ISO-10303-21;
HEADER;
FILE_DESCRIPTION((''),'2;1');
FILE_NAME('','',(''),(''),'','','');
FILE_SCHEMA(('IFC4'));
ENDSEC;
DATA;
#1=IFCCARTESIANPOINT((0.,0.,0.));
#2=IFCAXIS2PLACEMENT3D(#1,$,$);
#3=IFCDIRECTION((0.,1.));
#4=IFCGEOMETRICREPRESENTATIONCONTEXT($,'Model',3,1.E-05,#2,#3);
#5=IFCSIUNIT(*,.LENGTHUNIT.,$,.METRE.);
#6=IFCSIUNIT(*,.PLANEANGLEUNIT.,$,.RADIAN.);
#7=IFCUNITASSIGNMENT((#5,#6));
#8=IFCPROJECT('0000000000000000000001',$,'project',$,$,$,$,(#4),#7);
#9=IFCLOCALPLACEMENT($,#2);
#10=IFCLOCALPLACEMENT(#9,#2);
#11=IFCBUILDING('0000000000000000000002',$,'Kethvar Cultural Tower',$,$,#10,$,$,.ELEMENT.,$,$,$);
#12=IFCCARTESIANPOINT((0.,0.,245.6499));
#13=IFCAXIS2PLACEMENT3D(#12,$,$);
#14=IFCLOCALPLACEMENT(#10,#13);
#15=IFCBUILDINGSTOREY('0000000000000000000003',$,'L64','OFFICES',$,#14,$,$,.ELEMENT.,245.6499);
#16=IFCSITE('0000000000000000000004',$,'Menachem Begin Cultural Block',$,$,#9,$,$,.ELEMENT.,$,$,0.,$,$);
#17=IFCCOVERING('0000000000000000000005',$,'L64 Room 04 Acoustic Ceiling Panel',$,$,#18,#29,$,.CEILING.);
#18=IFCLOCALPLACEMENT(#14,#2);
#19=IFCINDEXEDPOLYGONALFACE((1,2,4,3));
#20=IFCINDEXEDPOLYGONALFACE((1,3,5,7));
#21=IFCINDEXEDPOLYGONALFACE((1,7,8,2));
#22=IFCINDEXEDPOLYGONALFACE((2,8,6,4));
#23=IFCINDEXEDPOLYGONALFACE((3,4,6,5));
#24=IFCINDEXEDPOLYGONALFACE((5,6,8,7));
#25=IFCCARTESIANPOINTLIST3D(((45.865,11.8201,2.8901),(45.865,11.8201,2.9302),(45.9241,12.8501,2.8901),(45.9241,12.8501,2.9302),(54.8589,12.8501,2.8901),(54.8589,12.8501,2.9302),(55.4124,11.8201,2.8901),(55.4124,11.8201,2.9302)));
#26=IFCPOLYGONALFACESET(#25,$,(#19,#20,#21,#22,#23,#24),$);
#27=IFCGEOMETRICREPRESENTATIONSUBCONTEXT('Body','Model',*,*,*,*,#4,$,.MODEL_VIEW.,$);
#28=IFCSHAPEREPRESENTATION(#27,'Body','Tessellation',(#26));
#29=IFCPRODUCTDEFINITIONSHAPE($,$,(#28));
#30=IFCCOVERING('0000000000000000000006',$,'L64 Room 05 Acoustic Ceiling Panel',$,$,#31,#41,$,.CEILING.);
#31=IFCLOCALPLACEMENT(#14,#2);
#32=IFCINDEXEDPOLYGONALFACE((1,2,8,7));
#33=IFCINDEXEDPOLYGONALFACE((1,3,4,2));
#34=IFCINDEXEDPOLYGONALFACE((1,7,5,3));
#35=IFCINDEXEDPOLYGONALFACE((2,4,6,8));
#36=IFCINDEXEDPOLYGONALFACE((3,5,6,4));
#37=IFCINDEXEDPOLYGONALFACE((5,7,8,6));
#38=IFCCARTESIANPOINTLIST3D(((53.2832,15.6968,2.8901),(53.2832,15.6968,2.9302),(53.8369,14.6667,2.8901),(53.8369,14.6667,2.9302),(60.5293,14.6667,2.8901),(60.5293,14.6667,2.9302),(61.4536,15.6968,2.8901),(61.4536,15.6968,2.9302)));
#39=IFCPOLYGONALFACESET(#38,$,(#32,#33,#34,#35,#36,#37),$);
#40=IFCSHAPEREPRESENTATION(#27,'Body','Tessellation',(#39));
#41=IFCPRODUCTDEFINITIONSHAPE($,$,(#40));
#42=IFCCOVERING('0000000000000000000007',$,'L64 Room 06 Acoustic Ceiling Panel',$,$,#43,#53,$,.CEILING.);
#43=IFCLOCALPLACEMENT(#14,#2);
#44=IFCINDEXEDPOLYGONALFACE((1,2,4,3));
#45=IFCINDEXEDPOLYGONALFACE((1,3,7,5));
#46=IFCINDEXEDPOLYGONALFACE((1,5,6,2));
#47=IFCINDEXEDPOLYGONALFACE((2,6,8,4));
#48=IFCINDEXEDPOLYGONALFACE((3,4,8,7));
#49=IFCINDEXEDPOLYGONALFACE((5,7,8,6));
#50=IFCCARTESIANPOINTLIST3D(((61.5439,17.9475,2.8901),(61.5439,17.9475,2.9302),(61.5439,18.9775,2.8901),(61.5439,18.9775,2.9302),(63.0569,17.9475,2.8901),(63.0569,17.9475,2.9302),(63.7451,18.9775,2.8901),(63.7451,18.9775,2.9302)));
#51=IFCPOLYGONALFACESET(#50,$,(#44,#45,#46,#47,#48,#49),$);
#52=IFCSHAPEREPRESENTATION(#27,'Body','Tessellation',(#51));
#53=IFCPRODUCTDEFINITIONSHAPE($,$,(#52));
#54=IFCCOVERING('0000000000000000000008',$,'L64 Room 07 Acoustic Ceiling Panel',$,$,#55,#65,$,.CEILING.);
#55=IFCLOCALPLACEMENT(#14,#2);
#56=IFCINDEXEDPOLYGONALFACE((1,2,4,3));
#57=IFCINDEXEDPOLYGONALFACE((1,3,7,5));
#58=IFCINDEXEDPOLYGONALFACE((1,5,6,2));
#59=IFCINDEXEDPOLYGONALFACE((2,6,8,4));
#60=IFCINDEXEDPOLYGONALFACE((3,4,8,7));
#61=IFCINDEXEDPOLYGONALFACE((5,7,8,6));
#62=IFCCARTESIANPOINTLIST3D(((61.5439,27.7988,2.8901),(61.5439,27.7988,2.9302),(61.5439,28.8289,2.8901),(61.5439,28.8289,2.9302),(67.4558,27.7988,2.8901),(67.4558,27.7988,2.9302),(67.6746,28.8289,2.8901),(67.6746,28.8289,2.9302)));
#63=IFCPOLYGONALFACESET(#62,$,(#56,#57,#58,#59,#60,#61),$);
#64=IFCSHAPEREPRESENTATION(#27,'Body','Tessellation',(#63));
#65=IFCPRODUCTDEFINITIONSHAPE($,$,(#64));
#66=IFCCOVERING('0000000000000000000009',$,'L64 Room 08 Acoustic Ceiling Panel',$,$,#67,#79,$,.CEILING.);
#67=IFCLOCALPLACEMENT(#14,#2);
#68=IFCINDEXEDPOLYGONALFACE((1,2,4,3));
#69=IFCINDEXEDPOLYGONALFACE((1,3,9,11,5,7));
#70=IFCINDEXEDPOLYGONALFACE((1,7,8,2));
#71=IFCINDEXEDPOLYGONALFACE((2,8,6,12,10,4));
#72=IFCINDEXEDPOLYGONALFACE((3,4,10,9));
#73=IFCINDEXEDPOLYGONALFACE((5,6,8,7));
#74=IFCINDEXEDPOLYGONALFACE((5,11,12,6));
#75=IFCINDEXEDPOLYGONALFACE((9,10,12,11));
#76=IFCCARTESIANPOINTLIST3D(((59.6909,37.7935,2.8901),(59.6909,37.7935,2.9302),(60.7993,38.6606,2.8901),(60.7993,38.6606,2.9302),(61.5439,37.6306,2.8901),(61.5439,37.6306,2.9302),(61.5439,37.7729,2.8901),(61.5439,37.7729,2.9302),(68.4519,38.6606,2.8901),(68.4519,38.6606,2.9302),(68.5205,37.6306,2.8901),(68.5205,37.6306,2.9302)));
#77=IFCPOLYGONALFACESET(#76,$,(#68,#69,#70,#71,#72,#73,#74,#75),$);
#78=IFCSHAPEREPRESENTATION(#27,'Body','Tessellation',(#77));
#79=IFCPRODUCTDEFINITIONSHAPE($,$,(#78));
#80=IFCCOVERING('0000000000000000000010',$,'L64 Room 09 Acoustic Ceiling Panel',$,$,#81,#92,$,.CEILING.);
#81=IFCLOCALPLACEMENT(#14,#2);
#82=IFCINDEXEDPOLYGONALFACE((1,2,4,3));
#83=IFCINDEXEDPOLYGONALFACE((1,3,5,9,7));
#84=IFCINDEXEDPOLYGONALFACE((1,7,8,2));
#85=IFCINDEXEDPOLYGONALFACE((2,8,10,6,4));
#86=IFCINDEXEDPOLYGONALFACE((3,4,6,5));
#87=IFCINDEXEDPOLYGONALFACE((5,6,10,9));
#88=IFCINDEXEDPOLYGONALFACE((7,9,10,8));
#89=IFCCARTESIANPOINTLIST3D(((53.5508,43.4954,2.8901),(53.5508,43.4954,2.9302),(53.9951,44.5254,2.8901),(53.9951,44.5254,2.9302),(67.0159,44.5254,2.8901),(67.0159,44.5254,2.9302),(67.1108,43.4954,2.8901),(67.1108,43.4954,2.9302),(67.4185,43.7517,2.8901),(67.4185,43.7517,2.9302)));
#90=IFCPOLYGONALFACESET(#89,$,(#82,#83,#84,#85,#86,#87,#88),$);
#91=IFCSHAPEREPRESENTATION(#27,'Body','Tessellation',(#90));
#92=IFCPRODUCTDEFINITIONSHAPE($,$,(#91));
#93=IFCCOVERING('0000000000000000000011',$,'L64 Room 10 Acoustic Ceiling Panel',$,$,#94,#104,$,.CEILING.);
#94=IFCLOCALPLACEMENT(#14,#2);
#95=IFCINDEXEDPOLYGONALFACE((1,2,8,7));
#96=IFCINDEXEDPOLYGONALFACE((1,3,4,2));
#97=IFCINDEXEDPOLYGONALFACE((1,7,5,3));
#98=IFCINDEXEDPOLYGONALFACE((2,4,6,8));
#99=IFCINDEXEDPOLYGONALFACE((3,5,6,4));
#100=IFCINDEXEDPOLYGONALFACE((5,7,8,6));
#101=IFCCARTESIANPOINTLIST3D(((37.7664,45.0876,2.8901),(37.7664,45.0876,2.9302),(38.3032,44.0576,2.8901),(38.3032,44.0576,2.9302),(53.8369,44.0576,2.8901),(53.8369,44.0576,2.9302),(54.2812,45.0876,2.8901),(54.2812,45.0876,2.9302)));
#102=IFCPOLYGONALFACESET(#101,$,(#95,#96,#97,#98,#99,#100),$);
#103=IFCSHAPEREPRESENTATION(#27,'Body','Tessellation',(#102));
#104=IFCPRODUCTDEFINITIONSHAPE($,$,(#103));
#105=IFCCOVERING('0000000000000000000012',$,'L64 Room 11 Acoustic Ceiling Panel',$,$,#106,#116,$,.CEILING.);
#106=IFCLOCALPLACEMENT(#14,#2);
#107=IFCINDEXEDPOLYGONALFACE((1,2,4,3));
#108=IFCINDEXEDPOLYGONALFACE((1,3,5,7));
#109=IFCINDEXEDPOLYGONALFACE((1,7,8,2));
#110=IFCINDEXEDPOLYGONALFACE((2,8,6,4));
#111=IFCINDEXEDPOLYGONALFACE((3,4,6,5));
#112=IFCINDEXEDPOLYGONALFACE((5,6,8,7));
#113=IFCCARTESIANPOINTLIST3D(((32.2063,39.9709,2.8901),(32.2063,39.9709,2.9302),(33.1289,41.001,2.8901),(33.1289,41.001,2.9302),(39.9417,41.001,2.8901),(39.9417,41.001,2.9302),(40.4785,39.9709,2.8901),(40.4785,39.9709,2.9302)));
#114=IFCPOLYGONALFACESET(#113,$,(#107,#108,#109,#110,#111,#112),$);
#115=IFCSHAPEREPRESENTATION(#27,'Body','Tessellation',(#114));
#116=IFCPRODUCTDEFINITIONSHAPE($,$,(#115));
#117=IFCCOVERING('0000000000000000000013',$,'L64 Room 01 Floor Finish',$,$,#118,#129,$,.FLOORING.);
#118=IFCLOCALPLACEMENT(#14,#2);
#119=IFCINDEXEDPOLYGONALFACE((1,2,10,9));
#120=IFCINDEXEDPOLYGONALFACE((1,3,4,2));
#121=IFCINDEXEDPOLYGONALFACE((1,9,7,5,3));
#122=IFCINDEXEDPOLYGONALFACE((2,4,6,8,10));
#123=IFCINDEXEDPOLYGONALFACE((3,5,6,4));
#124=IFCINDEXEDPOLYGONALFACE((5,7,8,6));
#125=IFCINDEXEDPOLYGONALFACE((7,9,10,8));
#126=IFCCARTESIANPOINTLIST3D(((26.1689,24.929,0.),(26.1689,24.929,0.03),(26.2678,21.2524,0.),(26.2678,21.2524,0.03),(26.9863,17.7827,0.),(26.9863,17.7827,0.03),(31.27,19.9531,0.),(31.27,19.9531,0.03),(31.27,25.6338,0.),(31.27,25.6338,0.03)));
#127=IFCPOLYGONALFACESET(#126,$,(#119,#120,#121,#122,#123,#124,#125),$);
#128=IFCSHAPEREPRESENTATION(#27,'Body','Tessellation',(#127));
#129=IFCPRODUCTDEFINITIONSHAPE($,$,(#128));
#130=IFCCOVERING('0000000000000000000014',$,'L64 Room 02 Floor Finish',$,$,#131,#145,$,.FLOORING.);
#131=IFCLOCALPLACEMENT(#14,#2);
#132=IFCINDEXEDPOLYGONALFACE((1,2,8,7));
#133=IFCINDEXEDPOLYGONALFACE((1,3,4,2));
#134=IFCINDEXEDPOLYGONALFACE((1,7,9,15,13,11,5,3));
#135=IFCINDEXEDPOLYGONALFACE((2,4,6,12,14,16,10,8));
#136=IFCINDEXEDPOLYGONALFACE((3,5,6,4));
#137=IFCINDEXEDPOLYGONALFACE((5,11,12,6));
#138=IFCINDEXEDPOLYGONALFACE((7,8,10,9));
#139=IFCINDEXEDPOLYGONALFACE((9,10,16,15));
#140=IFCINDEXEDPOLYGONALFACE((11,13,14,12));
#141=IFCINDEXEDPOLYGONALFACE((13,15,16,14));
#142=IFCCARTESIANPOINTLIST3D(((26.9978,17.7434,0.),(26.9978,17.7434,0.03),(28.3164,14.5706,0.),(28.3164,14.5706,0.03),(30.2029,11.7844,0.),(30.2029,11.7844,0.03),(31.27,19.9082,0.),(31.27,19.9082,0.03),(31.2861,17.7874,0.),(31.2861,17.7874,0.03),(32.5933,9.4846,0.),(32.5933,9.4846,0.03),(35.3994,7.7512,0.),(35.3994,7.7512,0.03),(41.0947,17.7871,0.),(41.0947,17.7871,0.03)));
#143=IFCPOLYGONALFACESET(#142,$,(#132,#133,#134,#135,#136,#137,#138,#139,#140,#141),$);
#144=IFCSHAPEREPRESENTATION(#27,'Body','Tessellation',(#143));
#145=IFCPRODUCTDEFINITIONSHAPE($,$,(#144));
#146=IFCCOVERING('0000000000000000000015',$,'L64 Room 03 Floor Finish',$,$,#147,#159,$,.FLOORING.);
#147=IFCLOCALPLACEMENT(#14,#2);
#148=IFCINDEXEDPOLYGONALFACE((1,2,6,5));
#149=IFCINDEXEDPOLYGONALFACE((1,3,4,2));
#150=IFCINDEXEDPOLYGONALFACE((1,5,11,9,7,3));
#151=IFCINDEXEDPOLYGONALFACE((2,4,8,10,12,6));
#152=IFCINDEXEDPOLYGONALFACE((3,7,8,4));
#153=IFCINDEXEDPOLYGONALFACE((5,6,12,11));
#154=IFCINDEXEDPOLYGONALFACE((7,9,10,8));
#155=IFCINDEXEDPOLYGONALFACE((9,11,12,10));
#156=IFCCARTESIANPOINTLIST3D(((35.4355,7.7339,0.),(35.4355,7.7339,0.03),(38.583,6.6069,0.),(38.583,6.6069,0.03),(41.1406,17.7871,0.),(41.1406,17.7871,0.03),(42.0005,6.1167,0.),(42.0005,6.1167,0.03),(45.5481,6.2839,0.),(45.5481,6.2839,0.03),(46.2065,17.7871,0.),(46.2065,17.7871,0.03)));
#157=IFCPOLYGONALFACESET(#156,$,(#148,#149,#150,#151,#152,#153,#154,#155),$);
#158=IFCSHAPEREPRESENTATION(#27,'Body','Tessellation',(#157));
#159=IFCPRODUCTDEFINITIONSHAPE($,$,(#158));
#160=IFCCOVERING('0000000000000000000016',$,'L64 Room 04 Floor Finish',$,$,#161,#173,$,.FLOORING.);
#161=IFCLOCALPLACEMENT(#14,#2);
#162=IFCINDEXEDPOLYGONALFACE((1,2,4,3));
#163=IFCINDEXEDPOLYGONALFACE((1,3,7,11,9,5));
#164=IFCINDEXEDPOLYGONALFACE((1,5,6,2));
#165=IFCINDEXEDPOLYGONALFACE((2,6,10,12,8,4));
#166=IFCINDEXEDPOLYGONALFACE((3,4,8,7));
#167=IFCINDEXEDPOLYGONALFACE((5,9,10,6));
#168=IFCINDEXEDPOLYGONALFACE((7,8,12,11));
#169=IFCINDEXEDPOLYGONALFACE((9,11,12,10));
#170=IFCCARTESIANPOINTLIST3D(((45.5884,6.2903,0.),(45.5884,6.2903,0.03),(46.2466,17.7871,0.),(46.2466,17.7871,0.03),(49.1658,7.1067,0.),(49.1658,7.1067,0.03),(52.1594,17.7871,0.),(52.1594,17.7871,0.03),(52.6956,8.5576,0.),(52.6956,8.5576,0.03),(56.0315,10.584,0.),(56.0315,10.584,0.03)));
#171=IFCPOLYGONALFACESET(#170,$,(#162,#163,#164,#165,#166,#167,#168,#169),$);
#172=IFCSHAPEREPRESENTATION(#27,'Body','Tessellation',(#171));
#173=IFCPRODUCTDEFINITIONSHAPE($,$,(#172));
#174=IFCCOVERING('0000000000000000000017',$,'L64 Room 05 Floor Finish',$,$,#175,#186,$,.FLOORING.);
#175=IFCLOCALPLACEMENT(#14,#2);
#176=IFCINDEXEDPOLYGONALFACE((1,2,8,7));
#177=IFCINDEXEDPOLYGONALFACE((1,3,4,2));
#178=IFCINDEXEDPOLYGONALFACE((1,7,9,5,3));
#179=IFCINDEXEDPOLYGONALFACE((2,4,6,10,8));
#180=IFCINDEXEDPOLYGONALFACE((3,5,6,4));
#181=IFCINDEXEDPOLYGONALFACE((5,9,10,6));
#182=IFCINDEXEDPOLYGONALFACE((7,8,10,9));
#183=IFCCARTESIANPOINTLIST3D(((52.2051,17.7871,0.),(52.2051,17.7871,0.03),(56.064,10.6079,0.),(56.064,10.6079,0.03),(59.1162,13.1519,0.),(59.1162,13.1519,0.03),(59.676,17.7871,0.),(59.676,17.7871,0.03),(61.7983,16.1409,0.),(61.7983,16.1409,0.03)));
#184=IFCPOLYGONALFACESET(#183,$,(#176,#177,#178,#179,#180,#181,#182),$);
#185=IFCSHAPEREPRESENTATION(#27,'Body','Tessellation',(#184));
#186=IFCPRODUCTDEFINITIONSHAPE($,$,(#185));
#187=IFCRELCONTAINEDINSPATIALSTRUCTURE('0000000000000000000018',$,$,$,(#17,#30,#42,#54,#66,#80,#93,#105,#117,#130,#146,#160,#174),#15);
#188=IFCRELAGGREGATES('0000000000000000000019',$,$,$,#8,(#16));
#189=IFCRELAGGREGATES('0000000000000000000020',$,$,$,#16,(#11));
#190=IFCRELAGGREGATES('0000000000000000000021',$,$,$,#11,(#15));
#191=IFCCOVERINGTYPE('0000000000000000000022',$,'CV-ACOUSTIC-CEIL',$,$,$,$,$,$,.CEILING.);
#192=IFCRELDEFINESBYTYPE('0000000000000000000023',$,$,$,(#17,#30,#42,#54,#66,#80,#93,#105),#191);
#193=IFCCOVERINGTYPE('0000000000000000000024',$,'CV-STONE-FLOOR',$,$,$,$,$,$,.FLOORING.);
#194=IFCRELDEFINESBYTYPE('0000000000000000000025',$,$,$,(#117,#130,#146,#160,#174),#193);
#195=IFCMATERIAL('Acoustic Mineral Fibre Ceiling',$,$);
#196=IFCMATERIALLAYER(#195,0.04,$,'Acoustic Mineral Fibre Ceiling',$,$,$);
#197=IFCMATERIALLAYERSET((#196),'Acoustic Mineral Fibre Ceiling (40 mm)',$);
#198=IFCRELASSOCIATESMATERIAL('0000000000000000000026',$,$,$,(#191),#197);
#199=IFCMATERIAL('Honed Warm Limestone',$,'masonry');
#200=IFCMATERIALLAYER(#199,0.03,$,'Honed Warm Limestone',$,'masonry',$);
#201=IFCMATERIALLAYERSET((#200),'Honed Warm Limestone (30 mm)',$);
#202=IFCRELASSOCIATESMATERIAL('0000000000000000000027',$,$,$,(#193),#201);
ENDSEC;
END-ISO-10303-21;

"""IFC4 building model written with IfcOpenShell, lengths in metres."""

from ifc_helpers import new_model, si_unit, direction, frame, origin, place, context, subcontext, project, spatial, polyline, outline, extrude, material, layer, layer_set, type_object, element, save


model = new_model("IFC4")

# Units and contexts
model_context = context("Model", 3, precision=1e-05, world=origin(), true_north=direction((0.0, 1.0)))
body_context = subcontext(model_context, "Body", "Model", "MODEL_VIEW")
ifc_project = project(units=[si_unit("LENGTHUNIT", "METRE"), si_unit("PLANEANGLEUNIT", "RADIAN")], contexts=[model_context])

# Site, building, storey
site_placement = place(None, origin())
site = spatial("IfcSite", under=ifc_project, at=site_placement, Name="Menachem Begin Cultural Block", CompositionType="ELEMENT", RefElevation=0.0)
building_placement = place(site_placement, origin())
building = spatial("IfcBuilding", under=site, at=building_placement, Name="Kethvar Cultural Tower", CompositionType="ELEMENT")
storey_placement = place(building_placement, frame((0.0, 0.0, 245.6499)))
storey = spatial("IfcBuildingStorey", under=building, at=storey_placement, Name="L64", Description="OFFICES", CompositionType="ELEMENT", Elevation=245.6499)

# Coverings
ifc_material_1 = material(Name="Acoustic Mineral Fibre Ceiling")
ifc_layer_1 = layer(ifc_material_1, 0.04, Name="Acoustic Mineral Fibre Ceiling")
ifc_layer_set_1 = layer_set([ifc_layer_1], Name="Acoustic Mineral Fibre Ceiling (40 mm)")
covering_type_1 = type_object("IfcCoveringType", Name="CV-ACOUSTIC-CEIL", PredefinedType="CEILING", material=ifc_layer_set_1)
covering_1_placement = place(storey_placement, frame((0.0, 0.0, 2.8901)))
element("IfcCovering", 1, at=covering_1_placement, inside=storey, type_object=covering_type_1, Name="L64 Room 04 Acoustic Ceiling Panel", PredefinedType="CEILING", context=body_context, shape_type="SweptSolid", body=[
    extrude(outline(polyline([(45.9241, 12.8501), (54.8589, 12.8501), (55.4124, 11.8201), (45.865, 11.8201), (45.9241, 12.8501)])), origin(), (0.0, 0.0, 1.0), 0.04),
])
covering_2_placement = place(storey_placement, frame((0.0, 0.0, 2.8901)))
element("IfcCovering", 2, at=covering_2_placement, inside=storey, type_object=covering_type_1, Name="L64 Room 05 Acoustic Ceiling Panel", PredefinedType="CEILING", context=body_context, shape_type="SweptSolid", body=[
    extrude(outline(polyline([(53.2832, 15.6968), (61.4536, 15.6968), (60.5293, 14.6667), (53.8369, 14.6667), (53.2832, 15.6968)])), origin(), (0.0, 0.0, 1.0), 0.04),
])
covering_3_placement = place(storey_placement, frame((0.0, 0.0, 2.8901)))
element("IfcCovering", 3, at=covering_3_placement, inside=storey, type_object=covering_type_1, Name="L64 Room 06 Acoustic Ceiling Panel", PredefinedType="CEILING", context=body_context, shape_type="SweptSolid", body=[
    extrude(outline(polyline([(61.5439, 18.9775), (63.7451, 18.9775), (63.0569, 17.9475), (61.5439, 17.9475), (61.5439, 18.9775)])), origin(), (0.0, 0.0, 1.0), 0.04),
])
covering_4_placement = place(storey_placement, frame((0.0, 0.0, 2.8901)))
element("IfcCovering", 4, at=covering_4_placement, inside=storey, type_object=covering_type_1, Name="L64 Room 07 Acoustic Ceiling Panel", PredefinedType="CEILING", context=body_context, shape_type="SweptSolid", body=[
    extrude(outline(polyline([(67.4558, 27.7988), (61.5439, 27.7988), (61.5439, 28.8289), (67.6746, 28.8289), (67.4558, 27.7988)])), origin(), (0.0, 0.0, 1.0), 0.04),
])
covering_5_placement = place(storey_placement, frame((0.0, 0.0, 2.8901)))
element("IfcCovering", 5, at=covering_5_placement, inside=storey, type_object=covering_type_1, Name="L64 Room 08 Acoustic Ceiling Panel", PredefinedType="CEILING", context=body_context, shape_type="SweptSolid", body=[
    extrude(outline(polyline([(68.5205, 37.6306), (61.5439, 37.6306), (61.5439, 37.7729), (59.6909, 37.7935), (60.7993, 38.6606), (68.4519, 38.6606), (68.5205, 37.6306)])), origin(), (0.0, 0.0, 1.0), 0.04),
])
covering_6_placement = place(storey_placement, frame((0.0, 0.0, 2.8901)))
element("IfcCovering", 6, at=covering_6_placement, inside=storey, type_object=covering_type_1, Name="L64 Room 09 Acoustic Ceiling Panel", PredefinedType="CEILING", context=body_context, shape_type="SweptSolid", body=[
    extrude(outline(polyline([(67.4185, 43.7517), (67.1108, 43.4954), (53.5508, 43.4954), (53.9951, 44.5254), (67.0159, 44.5254), (67.4185, 43.7517)])), origin(), (0.0, 0.0, 1.0), 0.04),
])
covering_7_placement = place(storey_placement, frame((0.0, 0.0, 2.8901)))
element("IfcCovering", 7, at=covering_7_placement, inside=storey, type_object=covering_type_1, Name="L64 Room 10 Acoustic Ceiling Panel", PredefinedType="CEILING", context=body_context, shape_type="SweptSolid", body=[
    extrude(outline(polyline([(53.8369, 44.0576), (38.3032, 44.0576), (37.7664, 45.0876), (54.2812, 45.0876), (53.8369, 44.0576)])), origin(), (0.0, 0.0, 1.0), 0.04),
])
covering_8_placement = place(storey_placement, frame((0.0, 0.0, 2.8901)))
element("IfcCovering", 8, at=covering_8_placement, inside=storey, type_object=covering_type_1, Name="L64 Room 11 Acoustic Ceiling Panel", PredefinedType="CEILING", context=body_context, shape_type="SweptSolid", body=[
    extrude(outline(polyline([(40.4785, 39.9709), (32.2063, 39.9709), (33.1289, 41.001), (39.9417, 41.001), (40.4785, 39.9709)])), origin(), (0.0, 0.0, 1.0), 0.04),
])
ifc_material_2 = material(Name="Honed Warm Limestone", Category="masonry")
ifc_layer_2 = layer(ifc_material_2, 0.03, Name="Honed Warm Limestone", Category="masonry")
ifc_layer_set_2 = layer_set([ifc_layer_2], Name="Honed Warm Limestone (30 mm)")
covering_type_2 = type_object("IfcCoveringType", Name="CV-STONE-FLOOR", PredefinedType="FLOORING", material=ifc_layer_set_2)
covering_9_placement = place(storey_placement, origin())
element("IfcCovering", 9, at=covering_9_placement, inside=storey, type_object=covering_type_2, Name="L64 Room 01 Floor Finish", PredefinedType="FLOORING", context=body_context, shape_type="SweptSolid", body=[
    extrude(outline(polyline([(26.2678, 21.2524), (26.1689, 24.929), (31.27, 25.6338), (31.27, 19.9531), (26.9863, 17.7827), (26.2678, 21.2524)])), origin(), (0.0, 0.0, 1.0), 0.03),
])
covering_10_placement = place(storey_placement, origin())
element("IfcCovering", 10, at=covering_10_placement, inside=storey, type_object=covering_type_2, Name="L64 Room 02 Floor Finish", PredefinedType="FLOORING", context=body_context, shape_type="SweptSolid", body=[
    extrude(outline(polyline([(32.5933, 9.4846), (30.2029, 11.7844), (28.3164, 14.5706), (26.9978, 17.7434), (31.27, 19.9082), (31.2861, 17.7874), (41.0947, 17.7871), (35.3994, 7.7512), (32.5933, 9.4846)])), origin(), (0.0, 0.0, 1.0), 0.03),
])
covering_11_placement = place(storey_placement, origin())
element("IfcCovering", 11, at=covering_11_placement, inside=storey, type_object=covering_type_2, Name="L64 Room 03 Floor Finish", PredefinedType="FLOORING", context=body_context, shape_type="SweptSolid", body=[
    extrude(outline(polyline([(42.0005, 6.1167), (38.583, 6.6069), (35.4355, 7.7339), (41.1406, 17.7871), (46.2065, 17.7871), (45.5481, 6.2839), (42.0005, 6.1167)])), origin(), (0.0, 0.0, 1.0), 0.03),
])
covering_12_placement = place(storey_placement, origin())
element("IfcCovering", 12, at=covering_12_placement, inside=storey, type_object=covering_type_2, Name="L64 Room 04 Floor Finish", PredefinedType="FLOORING", context=body_context, shape_type="SweptSolid", body=[
    extrude(outline(polyline([(52.6956, 8.5576), (49.1658, 7.1067), (45.5884, 6.2903), (46.2466, 17.7871), (52.1594, 17.7871), (56.0315, 10.584), (52.6956, 8.5576)])), origin(), (0.0, 0.0, 1.0), 0.03),
])
covering_13_placement = place(storey_placement, origin())
element("IfcCovering", 13, at=covering_13_placement, inside=storey, type_object=covering_type_2, Name="L64 Room 05 Floor Finish", PredefinedType="FLOORING", context=body_context, shape_type="SweptSolid", body=[
    extrude(outline(polyline([(59.1162, 13.1519), (56.064, 10.6079), (52.2051, 17.7871), (59.676, 17.7871), (61.7983, 16.1409), (59.1162, 13.1519)])), origin(), (0.0, 0.0, 1.0), 0.03),
])

save(model, "model.ifc")
